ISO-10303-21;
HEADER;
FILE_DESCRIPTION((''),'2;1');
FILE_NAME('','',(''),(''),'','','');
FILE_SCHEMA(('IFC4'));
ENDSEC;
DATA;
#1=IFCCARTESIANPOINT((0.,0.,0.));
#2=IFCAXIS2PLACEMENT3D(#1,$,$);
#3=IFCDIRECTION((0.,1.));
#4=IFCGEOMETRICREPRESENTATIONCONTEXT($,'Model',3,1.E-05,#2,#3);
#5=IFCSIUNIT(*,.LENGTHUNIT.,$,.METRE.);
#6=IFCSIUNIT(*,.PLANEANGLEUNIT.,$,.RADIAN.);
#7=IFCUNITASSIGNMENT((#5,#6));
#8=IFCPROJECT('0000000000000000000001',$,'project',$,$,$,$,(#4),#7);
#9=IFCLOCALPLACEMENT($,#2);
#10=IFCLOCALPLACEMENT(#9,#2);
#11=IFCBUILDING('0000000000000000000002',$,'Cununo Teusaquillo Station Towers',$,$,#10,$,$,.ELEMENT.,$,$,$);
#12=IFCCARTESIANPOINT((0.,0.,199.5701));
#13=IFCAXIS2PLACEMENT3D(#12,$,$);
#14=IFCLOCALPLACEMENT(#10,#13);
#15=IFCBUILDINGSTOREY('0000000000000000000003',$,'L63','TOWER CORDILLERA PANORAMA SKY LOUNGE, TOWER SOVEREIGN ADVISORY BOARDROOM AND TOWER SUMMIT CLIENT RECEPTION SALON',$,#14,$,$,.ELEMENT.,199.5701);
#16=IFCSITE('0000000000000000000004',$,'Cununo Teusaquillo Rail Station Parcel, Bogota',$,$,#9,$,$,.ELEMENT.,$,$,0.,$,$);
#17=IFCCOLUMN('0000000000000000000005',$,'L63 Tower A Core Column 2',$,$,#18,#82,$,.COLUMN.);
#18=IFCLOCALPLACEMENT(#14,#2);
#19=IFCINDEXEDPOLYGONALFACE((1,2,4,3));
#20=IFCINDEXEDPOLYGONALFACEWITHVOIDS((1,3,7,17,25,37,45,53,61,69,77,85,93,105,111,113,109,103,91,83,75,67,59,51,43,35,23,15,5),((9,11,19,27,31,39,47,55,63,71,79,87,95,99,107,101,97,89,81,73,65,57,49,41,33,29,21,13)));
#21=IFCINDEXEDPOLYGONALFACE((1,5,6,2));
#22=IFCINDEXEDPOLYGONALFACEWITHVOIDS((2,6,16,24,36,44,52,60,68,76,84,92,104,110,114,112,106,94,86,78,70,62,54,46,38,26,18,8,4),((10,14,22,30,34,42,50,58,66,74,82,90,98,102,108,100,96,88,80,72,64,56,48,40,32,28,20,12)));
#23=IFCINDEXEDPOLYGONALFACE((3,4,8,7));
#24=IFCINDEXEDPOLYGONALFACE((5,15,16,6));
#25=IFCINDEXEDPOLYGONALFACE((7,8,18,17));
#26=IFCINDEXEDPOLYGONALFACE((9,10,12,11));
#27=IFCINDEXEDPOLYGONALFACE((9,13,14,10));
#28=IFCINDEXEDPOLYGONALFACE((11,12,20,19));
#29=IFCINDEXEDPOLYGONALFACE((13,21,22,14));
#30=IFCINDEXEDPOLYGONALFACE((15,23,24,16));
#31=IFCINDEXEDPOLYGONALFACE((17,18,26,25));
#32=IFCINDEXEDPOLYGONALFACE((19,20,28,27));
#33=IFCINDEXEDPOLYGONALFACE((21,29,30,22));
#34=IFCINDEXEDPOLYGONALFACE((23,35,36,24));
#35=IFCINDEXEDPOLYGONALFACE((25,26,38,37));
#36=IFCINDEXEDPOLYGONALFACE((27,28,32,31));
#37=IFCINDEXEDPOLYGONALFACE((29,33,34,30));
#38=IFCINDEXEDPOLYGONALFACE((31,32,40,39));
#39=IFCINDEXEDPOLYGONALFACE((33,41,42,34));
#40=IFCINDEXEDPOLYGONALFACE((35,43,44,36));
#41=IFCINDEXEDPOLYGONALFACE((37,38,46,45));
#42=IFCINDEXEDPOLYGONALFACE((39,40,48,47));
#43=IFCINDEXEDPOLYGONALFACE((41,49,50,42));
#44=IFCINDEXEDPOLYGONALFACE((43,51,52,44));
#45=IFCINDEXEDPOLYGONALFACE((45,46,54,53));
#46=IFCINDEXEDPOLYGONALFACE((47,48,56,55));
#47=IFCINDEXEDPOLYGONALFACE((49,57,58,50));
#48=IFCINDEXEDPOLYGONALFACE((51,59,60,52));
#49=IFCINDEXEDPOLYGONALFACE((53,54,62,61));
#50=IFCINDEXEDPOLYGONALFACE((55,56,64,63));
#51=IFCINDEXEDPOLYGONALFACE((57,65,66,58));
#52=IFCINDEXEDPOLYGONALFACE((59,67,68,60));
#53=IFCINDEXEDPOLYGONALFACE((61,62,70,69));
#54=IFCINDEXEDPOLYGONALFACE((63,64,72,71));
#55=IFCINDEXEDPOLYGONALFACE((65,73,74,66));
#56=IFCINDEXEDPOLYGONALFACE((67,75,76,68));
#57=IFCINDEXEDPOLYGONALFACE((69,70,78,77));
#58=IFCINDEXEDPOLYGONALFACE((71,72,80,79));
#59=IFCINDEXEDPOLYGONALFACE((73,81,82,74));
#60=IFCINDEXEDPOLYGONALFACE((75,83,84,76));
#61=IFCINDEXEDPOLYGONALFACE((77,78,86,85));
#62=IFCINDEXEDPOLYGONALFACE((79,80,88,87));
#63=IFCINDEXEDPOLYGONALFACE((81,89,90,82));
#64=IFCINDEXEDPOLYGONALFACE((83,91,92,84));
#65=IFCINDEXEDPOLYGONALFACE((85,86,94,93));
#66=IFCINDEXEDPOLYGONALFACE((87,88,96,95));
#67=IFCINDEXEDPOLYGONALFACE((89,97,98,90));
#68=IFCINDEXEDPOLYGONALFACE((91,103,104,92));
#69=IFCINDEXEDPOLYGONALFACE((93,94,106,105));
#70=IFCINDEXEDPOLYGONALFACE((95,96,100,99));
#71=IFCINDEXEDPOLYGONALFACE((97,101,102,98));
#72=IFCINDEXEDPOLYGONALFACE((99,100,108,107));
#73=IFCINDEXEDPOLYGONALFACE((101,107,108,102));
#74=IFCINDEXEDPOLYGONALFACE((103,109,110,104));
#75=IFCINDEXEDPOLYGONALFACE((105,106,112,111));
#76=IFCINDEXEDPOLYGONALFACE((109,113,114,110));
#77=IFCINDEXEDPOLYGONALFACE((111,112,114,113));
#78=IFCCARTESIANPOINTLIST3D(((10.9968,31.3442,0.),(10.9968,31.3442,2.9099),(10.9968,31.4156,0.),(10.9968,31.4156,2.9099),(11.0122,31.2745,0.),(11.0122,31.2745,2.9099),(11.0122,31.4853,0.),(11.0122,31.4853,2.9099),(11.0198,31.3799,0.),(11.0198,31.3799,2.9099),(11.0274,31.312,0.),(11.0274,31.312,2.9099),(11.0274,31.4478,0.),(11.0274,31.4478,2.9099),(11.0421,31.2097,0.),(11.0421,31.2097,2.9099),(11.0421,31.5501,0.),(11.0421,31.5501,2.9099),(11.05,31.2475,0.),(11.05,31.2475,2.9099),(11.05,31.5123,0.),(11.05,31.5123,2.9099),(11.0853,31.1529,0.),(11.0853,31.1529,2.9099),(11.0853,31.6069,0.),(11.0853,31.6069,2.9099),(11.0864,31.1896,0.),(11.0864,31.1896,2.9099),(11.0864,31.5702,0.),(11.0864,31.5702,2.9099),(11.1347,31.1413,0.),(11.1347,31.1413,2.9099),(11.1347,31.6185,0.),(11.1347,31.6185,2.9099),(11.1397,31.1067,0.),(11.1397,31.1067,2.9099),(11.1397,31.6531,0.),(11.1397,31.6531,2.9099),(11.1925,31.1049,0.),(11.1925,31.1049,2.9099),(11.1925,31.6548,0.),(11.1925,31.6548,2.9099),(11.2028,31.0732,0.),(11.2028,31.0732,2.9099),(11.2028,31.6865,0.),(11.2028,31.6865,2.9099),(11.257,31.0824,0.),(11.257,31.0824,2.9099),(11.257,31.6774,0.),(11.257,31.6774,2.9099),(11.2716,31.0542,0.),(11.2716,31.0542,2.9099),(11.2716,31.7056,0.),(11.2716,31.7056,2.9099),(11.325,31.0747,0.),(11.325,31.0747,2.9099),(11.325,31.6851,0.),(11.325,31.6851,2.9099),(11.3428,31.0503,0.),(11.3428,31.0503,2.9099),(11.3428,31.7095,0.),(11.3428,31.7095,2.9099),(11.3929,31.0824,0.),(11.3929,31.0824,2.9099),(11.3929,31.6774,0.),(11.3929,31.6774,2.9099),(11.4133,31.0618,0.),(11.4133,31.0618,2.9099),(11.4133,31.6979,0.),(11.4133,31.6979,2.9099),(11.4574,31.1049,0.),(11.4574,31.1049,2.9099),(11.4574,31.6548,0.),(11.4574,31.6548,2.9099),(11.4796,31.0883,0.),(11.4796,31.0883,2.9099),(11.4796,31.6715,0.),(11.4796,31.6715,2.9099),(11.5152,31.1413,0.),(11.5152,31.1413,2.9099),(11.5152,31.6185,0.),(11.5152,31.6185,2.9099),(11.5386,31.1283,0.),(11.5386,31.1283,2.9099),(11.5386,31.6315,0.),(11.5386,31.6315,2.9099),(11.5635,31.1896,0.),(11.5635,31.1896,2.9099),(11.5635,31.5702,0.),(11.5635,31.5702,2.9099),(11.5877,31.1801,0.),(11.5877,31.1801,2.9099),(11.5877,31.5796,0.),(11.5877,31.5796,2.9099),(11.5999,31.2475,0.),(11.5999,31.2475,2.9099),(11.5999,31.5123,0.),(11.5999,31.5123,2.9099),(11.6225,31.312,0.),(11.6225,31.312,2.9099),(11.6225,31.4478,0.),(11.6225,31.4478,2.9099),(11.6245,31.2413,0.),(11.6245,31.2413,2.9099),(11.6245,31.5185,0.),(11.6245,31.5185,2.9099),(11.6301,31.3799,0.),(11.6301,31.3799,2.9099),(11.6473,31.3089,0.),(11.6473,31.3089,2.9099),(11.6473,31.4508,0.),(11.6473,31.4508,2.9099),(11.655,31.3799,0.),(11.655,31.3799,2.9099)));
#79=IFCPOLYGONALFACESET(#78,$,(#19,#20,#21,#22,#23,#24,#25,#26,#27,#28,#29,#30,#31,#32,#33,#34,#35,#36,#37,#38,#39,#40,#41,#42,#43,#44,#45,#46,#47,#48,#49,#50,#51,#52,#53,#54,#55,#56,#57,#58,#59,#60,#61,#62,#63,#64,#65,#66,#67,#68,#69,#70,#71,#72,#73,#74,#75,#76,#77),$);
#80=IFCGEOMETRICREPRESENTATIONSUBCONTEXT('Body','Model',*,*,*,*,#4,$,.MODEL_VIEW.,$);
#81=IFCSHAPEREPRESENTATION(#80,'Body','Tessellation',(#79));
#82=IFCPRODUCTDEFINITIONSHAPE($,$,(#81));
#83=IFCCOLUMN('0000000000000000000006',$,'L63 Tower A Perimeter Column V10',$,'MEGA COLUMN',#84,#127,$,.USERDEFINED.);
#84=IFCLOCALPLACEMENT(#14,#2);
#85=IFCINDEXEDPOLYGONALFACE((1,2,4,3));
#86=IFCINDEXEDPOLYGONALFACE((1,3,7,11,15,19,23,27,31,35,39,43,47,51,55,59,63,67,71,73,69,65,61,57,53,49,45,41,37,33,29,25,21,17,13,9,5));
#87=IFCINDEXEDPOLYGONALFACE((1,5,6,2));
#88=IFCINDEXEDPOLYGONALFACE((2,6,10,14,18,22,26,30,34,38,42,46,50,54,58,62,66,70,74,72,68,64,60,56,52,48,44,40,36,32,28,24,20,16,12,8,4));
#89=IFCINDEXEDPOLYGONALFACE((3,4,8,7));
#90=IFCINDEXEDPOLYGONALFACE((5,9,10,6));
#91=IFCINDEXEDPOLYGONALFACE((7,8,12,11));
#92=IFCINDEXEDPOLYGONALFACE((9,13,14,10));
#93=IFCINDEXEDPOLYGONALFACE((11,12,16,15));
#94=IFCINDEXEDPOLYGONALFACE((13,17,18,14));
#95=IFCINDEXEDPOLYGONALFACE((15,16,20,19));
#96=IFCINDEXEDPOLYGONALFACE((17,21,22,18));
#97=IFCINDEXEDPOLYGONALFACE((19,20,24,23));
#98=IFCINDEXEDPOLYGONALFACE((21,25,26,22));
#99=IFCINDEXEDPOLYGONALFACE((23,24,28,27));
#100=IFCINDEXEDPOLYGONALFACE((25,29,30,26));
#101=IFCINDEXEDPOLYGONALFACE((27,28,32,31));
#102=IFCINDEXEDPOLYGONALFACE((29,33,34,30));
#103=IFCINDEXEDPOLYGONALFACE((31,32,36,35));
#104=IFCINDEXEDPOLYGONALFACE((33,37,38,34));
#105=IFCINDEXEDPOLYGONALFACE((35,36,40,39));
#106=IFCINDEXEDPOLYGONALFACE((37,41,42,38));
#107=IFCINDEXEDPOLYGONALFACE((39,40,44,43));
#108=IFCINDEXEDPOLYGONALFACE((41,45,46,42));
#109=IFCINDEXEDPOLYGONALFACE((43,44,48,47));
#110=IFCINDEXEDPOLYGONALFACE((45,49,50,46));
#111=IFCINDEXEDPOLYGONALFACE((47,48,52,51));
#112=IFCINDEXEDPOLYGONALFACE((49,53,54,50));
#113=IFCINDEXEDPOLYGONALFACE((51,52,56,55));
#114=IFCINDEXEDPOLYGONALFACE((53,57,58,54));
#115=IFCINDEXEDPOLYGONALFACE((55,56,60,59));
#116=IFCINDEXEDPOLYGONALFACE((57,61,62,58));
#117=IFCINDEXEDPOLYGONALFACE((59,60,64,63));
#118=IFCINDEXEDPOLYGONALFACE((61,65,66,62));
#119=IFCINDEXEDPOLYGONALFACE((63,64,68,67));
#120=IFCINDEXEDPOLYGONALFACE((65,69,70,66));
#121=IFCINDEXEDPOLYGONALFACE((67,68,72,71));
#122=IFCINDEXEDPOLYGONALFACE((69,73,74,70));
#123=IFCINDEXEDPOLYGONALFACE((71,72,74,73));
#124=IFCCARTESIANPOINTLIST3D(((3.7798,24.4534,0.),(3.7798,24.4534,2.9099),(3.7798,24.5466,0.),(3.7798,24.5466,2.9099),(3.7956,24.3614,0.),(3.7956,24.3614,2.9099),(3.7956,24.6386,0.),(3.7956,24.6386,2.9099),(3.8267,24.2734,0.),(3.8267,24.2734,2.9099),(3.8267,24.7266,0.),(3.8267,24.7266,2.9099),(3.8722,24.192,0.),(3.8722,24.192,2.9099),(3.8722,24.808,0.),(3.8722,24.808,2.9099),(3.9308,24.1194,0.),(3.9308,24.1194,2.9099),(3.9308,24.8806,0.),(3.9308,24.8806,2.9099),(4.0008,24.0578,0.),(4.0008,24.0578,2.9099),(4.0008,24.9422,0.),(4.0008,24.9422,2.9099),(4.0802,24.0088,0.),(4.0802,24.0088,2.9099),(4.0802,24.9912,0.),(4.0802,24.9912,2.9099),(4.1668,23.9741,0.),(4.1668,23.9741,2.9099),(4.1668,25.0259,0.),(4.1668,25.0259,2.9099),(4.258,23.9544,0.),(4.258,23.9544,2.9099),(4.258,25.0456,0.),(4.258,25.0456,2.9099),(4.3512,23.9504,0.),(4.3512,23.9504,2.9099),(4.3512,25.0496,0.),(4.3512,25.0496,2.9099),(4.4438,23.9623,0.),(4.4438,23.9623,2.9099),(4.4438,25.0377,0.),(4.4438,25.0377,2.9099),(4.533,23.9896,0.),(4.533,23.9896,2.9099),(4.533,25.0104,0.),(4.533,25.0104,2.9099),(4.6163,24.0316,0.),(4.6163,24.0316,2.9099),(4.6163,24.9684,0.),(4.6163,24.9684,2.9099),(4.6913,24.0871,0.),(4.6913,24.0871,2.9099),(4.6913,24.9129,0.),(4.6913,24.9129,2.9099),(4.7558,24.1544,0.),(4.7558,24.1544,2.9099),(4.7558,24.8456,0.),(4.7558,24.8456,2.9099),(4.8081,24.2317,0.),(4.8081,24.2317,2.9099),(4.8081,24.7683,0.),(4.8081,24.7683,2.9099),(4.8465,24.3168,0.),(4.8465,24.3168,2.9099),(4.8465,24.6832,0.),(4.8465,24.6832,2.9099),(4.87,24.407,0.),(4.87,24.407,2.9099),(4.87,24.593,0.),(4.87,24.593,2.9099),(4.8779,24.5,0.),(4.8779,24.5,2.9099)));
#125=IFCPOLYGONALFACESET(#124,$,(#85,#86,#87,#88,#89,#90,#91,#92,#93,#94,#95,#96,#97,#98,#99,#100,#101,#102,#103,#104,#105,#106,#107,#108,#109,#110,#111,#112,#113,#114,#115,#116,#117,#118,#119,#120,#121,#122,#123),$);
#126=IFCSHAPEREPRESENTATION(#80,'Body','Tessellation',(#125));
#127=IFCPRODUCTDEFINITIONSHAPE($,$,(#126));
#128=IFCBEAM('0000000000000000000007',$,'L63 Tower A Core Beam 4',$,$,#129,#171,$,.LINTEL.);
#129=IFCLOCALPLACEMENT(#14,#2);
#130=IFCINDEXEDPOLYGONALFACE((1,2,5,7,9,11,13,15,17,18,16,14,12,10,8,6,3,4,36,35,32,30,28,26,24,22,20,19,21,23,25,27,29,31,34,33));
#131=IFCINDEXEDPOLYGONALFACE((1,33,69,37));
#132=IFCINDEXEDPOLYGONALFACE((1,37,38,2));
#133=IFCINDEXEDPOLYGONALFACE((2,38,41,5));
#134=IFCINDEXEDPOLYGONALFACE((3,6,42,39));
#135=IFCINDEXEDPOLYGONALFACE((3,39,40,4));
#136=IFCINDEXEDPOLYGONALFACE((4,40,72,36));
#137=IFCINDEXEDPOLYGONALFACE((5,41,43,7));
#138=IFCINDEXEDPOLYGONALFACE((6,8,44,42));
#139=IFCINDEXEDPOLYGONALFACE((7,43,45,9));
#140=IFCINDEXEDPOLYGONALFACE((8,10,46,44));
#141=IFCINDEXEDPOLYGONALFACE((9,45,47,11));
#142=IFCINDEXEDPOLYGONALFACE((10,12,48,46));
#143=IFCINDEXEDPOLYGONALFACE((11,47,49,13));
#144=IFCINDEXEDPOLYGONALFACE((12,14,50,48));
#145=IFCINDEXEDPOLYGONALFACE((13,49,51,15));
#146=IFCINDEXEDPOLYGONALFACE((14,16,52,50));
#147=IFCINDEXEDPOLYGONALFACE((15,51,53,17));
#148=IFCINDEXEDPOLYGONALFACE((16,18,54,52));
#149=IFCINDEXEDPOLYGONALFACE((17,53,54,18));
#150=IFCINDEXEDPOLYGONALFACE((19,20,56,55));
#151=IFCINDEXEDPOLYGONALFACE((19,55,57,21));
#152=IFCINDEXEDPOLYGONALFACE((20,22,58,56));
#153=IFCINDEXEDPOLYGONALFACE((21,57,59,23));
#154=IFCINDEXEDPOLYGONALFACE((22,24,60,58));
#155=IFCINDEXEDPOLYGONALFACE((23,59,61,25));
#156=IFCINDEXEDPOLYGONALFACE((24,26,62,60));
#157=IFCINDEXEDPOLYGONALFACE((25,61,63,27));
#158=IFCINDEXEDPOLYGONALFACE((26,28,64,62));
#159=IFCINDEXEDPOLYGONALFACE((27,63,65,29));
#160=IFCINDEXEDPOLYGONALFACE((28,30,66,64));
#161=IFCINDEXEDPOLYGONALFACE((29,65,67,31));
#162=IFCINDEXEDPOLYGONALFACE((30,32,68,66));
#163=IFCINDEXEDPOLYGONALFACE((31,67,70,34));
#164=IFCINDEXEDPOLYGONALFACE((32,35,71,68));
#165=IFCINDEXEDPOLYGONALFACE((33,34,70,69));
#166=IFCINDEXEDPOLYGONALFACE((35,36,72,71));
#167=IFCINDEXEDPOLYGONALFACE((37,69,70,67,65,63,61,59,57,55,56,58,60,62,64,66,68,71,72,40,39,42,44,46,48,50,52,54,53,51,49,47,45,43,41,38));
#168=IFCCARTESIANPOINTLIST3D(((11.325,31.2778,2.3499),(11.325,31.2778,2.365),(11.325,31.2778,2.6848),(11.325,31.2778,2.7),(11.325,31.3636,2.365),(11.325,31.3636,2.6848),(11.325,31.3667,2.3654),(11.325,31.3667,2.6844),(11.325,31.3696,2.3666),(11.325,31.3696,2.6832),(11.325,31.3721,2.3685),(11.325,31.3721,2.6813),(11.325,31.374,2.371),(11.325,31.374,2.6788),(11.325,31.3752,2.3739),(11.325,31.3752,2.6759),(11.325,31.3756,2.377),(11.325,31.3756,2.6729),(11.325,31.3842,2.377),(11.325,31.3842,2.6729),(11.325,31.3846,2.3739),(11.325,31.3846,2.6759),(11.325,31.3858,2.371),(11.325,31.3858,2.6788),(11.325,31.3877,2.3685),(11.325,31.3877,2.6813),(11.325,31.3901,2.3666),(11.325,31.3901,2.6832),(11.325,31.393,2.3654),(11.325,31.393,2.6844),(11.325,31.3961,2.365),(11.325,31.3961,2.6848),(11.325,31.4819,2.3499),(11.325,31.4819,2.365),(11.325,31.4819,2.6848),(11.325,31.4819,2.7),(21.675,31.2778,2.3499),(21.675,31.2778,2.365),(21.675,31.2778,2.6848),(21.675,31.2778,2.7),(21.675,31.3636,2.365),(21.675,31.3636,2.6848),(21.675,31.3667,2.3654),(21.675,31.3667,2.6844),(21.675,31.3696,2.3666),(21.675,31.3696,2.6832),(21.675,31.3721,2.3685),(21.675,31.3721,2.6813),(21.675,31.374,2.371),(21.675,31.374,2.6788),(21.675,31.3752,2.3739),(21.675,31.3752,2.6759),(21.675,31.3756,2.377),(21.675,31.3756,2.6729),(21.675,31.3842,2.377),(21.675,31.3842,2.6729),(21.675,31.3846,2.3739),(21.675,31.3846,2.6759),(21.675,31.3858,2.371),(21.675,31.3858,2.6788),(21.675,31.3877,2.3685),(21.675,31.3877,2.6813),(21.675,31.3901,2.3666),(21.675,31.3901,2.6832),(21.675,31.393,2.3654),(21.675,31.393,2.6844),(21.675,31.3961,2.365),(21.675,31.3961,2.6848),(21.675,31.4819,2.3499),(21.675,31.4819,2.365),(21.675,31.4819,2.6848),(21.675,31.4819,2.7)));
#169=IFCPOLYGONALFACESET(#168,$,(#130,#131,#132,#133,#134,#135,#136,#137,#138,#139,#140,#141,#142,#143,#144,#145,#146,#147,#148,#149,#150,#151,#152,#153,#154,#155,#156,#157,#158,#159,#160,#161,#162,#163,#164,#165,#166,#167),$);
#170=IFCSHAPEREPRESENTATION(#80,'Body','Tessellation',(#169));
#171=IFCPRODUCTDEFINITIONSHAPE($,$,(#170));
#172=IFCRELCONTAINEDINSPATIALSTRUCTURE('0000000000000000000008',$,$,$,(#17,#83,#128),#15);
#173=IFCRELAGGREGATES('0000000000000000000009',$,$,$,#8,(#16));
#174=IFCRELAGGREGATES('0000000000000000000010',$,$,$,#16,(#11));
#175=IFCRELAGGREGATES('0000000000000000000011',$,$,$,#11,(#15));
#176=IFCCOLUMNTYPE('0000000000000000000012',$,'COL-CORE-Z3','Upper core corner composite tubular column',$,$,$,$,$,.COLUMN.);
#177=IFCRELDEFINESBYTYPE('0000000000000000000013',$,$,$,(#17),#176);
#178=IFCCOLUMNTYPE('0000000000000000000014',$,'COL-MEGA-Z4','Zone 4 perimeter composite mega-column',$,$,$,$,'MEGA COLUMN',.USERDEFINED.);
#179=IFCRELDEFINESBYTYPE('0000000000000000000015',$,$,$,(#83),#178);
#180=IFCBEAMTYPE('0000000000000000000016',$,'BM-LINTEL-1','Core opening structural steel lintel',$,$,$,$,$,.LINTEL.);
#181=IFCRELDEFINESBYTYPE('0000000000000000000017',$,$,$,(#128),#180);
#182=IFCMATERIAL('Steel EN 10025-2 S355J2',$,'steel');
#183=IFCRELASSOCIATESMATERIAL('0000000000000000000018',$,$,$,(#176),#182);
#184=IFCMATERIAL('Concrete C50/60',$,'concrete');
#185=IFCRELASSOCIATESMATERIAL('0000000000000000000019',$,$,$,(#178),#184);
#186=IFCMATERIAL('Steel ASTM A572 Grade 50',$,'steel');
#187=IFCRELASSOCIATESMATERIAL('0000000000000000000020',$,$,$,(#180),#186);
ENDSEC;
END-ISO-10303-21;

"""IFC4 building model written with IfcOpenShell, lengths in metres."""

from ifc_helpers import new_model, si_unit, direction, frame, origin, origin_2d, place, context, subcontext, project, spatial, circle, hollow_circle, i_section, extrude, material, material_profile, profile_set, type_object, element, save


model = new_model("IFC4")

# Units and contexts
model_context = context("Model", 3, precision=1e-05, world=origin(), true_north=direction((0.0, 1.0)))
body_context = subcontext(model_context, "Body", "Model", "MODEL_VIEW")
ifc_project = project(units=[si_unit("LENGTHUNIT", "METRE"), si_unit("PLANEANGLEUNIT", "RADIAN")], contexts=[model_context])

# Site, building, storey
site_placement = place(None, origin())
site = spatial("IfcSite", under=ifc_project, at=site_placement, Name="Cununo Teusaquillo Rail Station Parcel, Bogota", CompositionType="ELEMENT", RefElevation=0.0)
building_placement = place(site_placement, origin())
building = spatial("IfcBuilding", under=site, at=building_placement, Name="Cununo Teusaquillo Station Towers", CompositionType="ELEMENT")
storey_placement = place(building_placement, frame((0.0, 0.0, 199.5701)))
storey = spatial("IfcBuildingStorey", under=building, at=storey_placement, Name="L63", Description="TOWER CORDILLERA PANORAMA SKY LOUNGE, TOWER SOVEREIGN ADVISORY BOARDROOM AND TOWER SUMMIT CLIENT RECEPTION SALON", CompositionType="ELEMENT", Elevation=199.5701)

# Columns
ifc_material_1 = material(Name="Steel EN 10025-2 S355J2", Category="steel")
ifc_material_profile_1 = material_profile(ifc_material_1, hollow_circle(Radius=0.3301, WallThickness=0.0249, at=origin_2d()), Name="CHS 660x25")
ifc_profile_set_1 = profile_set([ifc_material_profile_1], Name="Steel EN 10025-2 S355J2")
column_type_1 = type_object("IfcColumnType", Name="COL-CORE-Z3", Description="Upper core corner composite tubular column", PredefinedType="COLUMN", material=ifc_profile_set_1)
column_1_placement = place(storey_placement, frame((11.325, 31.3799, 0.0), z_axis=(0.0, 0.0, 1.0), x_axis=(1.0, 0.0, 0.0)))
element("IfcColumn", 1, at=column_1_placement, inside=storey, type_object=column_type_1, Name="L63 Tower A Core Column 2", PredefinedType="COLUMN", context=body_context, shape_type="SweptSolid", body=[
    extrude(hollow_circle(Radius=0.3301, WallThickness=0.0249, at=origin_2d()), origin(), (0.0, 0.0, 1.0), 2.9099),
])
ifc_material_2 = material(Name="Concrete C50/60", Category="concrete")
ifc_material_profile_2 = material_profile(ifc_material_2, circle(Radius=0.55, at=origin_2d()), Name="RC-CIRC-1100")
ifc_profile_set_2 = profile_set([ifc_material_profile_2], Name="Concrete C50/60")
column_type_2 = type_object("IfcColumnType", Name="COL-MEGA-Z4", Description="Zone 4 perimeter composite mega-column", ElementType="MEGA COLUMN", PredefinedType="USERDEFINED", material=ifc_profile_set_2)
column_2_placement = place(storey_placement, frame((4.3279, 24.5, 0.0), z_axis=(0.0, 0.0, 1.0), x_axis=(1.0, 0.0, 0.0)))
element("IfcColumn", 2, at=column_2_placement, inside=storey, type_object=column_type_2, Name="L63 Tower A Perimeter Column V10", ObjectType="MEGA COLUMN", PredefinedType="USERDEFINED", context=body_context, shape_type="SweptSolid", body=[
    extrude(circle(Radius=0.55, at=origin_2d()), origin(), (0.0, 0.0, 1.0), 2.9099),
])

# Beam
ifc_material_3 = material(Name="Steel ASTM A572 Grade 50", Category="steel")
ifc_material_profile_3 = material_profile(ifc_material_3, i_section(OverallWidth=0.2041, OverallDepth=0.3501, WebThickness=0.0085, FlangeThickness=0.0151, FilletRadius=0.012, at=origin_2d()), Name="W14X48")
ifc_profile_set_3 = profile_set([ifc_material_profile_3], Name="Steel ASTM A572 Grade 50")
beam_type_1 = type_object("IfcBeamType", Name="BM-LINTEL-1", Description="Core opening structural steel lintel", PredefinedType="LINTEL", material=ifc_profile_set_3)
beam_1_placement = place(storey_placement, frame((11.325, 31.3799, 2.5249), z_axis=(1.0, 0.0, 0.0), x_axis=(0.0, 1.0, 0.0)))
element("IfcBeam", 3, at=beam_1_placement, inside=storey, type_object=beam_type_1, Name="L63 Tower A Core Beam 4", PredefinedType="LINTEL", context=body_context, shape_type="SweptSolid", body=[
    extrude(i_section(OverallWidth=0.2041, OverallDepth=0.3501, WebThickness=0.0085, FlangeThickness=0.0151, FilletRadius=0.012, at=origin_2d()), origin(), (0.0, 0.0, 1.0), 10.3501),
])

save(model, "model.ifc")
